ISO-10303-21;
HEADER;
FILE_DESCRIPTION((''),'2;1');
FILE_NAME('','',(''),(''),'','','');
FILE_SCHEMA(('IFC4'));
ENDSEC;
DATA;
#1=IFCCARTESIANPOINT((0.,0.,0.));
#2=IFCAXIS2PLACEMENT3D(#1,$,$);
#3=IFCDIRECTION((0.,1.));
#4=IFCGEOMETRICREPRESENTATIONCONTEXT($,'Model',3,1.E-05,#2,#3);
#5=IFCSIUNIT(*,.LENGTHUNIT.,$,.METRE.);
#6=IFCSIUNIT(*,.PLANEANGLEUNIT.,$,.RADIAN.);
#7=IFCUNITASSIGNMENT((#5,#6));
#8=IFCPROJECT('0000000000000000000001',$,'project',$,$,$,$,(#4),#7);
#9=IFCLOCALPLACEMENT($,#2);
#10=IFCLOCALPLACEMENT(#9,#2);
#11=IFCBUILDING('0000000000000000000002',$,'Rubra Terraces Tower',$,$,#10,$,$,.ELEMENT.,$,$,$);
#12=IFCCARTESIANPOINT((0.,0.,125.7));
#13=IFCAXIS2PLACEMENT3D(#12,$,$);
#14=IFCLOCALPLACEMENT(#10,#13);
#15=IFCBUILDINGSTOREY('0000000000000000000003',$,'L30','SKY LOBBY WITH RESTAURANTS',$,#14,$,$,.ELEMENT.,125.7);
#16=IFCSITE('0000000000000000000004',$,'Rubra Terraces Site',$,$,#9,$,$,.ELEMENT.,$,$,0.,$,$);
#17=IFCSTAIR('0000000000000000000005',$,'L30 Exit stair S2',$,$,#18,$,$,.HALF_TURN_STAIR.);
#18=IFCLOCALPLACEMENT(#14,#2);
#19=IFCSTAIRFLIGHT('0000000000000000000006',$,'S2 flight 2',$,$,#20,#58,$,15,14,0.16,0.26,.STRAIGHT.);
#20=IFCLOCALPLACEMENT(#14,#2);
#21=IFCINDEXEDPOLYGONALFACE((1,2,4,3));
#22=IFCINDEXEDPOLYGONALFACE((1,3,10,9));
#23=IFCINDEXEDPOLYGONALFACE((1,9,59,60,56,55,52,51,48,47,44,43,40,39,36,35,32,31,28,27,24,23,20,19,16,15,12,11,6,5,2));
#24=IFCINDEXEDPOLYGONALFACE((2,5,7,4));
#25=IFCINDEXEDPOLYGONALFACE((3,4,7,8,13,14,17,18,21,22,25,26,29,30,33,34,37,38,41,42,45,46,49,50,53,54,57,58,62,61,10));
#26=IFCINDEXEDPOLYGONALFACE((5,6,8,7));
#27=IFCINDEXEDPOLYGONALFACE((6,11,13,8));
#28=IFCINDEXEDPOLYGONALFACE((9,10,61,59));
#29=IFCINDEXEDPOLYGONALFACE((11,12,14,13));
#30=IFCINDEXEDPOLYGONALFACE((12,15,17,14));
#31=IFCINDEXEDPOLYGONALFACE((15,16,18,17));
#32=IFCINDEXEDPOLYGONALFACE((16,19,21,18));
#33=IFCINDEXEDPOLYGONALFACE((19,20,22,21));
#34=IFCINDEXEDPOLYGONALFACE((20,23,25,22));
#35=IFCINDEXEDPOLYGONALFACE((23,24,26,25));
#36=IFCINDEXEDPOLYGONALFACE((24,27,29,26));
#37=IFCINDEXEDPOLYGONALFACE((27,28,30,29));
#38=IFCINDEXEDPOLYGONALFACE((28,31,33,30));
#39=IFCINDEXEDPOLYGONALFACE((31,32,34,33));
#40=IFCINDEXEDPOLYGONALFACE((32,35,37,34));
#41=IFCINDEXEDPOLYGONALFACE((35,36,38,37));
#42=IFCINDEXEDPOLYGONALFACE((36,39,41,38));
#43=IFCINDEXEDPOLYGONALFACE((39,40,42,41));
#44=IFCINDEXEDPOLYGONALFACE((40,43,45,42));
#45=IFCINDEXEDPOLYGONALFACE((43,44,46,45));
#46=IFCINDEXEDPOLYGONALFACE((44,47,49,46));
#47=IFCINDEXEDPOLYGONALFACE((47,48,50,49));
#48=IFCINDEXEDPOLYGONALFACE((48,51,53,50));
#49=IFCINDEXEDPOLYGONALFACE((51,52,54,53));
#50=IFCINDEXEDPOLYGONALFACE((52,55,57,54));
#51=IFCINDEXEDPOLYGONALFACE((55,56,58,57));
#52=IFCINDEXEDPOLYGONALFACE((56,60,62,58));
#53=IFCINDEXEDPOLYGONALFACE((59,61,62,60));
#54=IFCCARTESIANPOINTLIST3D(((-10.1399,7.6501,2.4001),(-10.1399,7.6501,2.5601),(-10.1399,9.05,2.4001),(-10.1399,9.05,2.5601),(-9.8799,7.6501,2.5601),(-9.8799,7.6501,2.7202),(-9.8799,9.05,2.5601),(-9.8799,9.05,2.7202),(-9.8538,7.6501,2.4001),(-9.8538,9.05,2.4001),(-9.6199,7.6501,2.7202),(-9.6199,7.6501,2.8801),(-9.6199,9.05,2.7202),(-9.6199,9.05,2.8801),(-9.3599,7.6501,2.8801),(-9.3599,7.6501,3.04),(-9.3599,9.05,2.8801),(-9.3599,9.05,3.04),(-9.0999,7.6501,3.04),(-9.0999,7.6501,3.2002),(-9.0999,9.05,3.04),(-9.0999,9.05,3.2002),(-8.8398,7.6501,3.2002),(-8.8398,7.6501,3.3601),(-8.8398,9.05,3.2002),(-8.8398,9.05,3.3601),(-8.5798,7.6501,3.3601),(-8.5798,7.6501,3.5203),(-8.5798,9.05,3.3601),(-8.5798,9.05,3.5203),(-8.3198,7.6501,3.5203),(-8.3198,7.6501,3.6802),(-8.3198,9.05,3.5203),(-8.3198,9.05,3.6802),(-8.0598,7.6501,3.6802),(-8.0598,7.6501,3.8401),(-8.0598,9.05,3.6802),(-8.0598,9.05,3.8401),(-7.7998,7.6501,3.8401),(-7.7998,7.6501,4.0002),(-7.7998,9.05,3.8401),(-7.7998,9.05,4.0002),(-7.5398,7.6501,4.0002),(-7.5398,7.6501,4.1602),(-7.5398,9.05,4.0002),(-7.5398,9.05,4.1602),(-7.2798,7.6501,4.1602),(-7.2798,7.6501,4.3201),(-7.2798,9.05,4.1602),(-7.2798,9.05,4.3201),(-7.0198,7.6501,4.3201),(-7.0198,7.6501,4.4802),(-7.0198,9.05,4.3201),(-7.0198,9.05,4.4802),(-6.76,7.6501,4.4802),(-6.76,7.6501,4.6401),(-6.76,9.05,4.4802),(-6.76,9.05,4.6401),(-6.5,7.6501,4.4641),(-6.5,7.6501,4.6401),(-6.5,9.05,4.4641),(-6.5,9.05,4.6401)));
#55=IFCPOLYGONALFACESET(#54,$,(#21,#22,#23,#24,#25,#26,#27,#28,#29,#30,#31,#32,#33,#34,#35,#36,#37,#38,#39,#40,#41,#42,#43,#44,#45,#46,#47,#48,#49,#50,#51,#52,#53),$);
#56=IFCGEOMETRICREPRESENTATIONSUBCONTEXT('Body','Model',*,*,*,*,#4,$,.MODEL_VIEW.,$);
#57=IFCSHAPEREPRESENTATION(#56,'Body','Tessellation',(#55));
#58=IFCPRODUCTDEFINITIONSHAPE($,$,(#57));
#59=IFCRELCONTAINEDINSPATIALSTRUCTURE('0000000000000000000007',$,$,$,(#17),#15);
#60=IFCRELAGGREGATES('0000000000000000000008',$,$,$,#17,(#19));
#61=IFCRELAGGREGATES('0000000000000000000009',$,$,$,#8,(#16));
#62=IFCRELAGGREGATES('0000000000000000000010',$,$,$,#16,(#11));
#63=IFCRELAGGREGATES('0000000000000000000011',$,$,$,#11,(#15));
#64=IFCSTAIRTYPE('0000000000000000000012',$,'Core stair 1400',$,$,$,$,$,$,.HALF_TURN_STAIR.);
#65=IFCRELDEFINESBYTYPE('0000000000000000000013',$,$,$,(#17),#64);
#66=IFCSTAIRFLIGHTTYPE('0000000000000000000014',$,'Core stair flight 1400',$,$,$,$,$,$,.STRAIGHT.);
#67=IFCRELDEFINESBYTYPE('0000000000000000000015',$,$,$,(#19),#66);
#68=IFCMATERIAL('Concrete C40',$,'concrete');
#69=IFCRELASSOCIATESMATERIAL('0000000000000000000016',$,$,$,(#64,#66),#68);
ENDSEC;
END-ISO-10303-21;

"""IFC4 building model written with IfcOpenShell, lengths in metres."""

from ifc_helpers import new_model, si_unit, direction, frame, origin, place, context, subcontext, project, spatial, polyline, outline, extrude, material, type_object, element, aggregate, save


model = new_model("IFC4")

# Units and contexts
model_context = context("Model", 3, precision=1e-05, world=origin(), true_north=direction((0.0, 1.0)))
body_context = subcontext(model_context, "Body", "Model", "MODEL_VIEW")
ifc_project = project(units=[si_unit("LENGTHUNIT", "METRE"), si_unit("PLANEANGLEUNIT", "RADIAN")], contexts=[model_context])

# Site, building, storey
site_placement = place(None, origin())
site = spatial("IfcSite", under=ifc_project, at=site_placement, Name="Rubra Terraces Site", CompositionType="ELEMENT", RefElevation=0.0)
building_placement = place(site_placement, origin())
building = spatial("IfcBuilding", under=site, at=building_placement, Name="Rubra Terraces Tower", CompositionType="ELEMENT")
storey_placement = place(building_placement, frame((0.0, 0.0, 125.7)))
storey = spatial("IfcBuildingStorey", under=building, at=storey_placement, Name="L30", Description="SKY LOBBY WITH RESTAURANTS", CompositionType="ELEMENT", Elevation=125.7)

# Shared definitions
ifc_material_1 = material(Name="Concrete C40", Category="concrete")

# Stair, stair flight
stair_type = type_object("IfcStairType", Name="Core stair 1400", PredefinedType="HALF_TURN_STAIR", material=ifc_material_1)
stair_placement = place(storey_placement, origin())
stair = element("IfcStair", 1, at=stair_placement, inside=storey, type_object=stair_type, Name="L30 Exit stair S2", PredefinedType="HALF_TURN_STAIR")
stair_flight_type = type_object("IfcStairFlightType", Name="Core stair flight 1400", PredefinedType="STRAIGHT", material=ifc_material_1)
stair_flight_placement = place(storey_placement, frame((-10.1399, 8.3501, 2.4001), z_axis=(0.0, 0.0, 1.0), x_axis=(1.0, 0.0, 0.0)))
stair_flight = element("IfcStairFlight", 2, at=stair_flight_placement, type_object=stair_flight_type, Name="S2 flight 2", NumberOfRisers=15, NumberOfTreads=14, PredefinedType="STRAIGHT", RiserHeight=0.16, TreadLength=0.26, context=body_context, shape_type="SweptSolid", body=[
    extrude(outline(polyline([(0.0, 0.0), (0.0, 0.1599), (0.26, 0.1599), (0.26, 0.3201), (0.52, 0.3201), (0.52, 0.48), (0.78, 0.48), (0.78, 0.6399), (1.04, 0.6399), (1.04, 0.8), (1.3, 0.8), (1.3, 0.96), (1.5601, 0.96), (1.5601, 1.1201), (1.8201, 1.1201), (1.8201, 1.28), (2.0801, 1.28), (2.0801, 1.4399), (2.3401, 1.4399), (2.3401, 1.6001), (2.6001, 1.6001), (2.6001, 1.76), (2.8601, 1.76), (2.8601, 1.9199), (3.1201, 1.9199), (3.1201, 2.0801), (3.3799, 2.0801), (3.3799, 2.24), (3.6399, 2.24), (3.6399, 2.3999), (3.6399, 2.064), (0.2861, 0.0), (0.0, 0.0)])), frame((0.0, 0.7, 0.0), z_axis=(0.0, -1.0, 0.0), x_axis=(1.0, 0.0, 0.0)), (0.0, 0.0, 1.0), 1.3999),
])
aggregate(stair, [stair_flight])

save(model, "model.ifc")
